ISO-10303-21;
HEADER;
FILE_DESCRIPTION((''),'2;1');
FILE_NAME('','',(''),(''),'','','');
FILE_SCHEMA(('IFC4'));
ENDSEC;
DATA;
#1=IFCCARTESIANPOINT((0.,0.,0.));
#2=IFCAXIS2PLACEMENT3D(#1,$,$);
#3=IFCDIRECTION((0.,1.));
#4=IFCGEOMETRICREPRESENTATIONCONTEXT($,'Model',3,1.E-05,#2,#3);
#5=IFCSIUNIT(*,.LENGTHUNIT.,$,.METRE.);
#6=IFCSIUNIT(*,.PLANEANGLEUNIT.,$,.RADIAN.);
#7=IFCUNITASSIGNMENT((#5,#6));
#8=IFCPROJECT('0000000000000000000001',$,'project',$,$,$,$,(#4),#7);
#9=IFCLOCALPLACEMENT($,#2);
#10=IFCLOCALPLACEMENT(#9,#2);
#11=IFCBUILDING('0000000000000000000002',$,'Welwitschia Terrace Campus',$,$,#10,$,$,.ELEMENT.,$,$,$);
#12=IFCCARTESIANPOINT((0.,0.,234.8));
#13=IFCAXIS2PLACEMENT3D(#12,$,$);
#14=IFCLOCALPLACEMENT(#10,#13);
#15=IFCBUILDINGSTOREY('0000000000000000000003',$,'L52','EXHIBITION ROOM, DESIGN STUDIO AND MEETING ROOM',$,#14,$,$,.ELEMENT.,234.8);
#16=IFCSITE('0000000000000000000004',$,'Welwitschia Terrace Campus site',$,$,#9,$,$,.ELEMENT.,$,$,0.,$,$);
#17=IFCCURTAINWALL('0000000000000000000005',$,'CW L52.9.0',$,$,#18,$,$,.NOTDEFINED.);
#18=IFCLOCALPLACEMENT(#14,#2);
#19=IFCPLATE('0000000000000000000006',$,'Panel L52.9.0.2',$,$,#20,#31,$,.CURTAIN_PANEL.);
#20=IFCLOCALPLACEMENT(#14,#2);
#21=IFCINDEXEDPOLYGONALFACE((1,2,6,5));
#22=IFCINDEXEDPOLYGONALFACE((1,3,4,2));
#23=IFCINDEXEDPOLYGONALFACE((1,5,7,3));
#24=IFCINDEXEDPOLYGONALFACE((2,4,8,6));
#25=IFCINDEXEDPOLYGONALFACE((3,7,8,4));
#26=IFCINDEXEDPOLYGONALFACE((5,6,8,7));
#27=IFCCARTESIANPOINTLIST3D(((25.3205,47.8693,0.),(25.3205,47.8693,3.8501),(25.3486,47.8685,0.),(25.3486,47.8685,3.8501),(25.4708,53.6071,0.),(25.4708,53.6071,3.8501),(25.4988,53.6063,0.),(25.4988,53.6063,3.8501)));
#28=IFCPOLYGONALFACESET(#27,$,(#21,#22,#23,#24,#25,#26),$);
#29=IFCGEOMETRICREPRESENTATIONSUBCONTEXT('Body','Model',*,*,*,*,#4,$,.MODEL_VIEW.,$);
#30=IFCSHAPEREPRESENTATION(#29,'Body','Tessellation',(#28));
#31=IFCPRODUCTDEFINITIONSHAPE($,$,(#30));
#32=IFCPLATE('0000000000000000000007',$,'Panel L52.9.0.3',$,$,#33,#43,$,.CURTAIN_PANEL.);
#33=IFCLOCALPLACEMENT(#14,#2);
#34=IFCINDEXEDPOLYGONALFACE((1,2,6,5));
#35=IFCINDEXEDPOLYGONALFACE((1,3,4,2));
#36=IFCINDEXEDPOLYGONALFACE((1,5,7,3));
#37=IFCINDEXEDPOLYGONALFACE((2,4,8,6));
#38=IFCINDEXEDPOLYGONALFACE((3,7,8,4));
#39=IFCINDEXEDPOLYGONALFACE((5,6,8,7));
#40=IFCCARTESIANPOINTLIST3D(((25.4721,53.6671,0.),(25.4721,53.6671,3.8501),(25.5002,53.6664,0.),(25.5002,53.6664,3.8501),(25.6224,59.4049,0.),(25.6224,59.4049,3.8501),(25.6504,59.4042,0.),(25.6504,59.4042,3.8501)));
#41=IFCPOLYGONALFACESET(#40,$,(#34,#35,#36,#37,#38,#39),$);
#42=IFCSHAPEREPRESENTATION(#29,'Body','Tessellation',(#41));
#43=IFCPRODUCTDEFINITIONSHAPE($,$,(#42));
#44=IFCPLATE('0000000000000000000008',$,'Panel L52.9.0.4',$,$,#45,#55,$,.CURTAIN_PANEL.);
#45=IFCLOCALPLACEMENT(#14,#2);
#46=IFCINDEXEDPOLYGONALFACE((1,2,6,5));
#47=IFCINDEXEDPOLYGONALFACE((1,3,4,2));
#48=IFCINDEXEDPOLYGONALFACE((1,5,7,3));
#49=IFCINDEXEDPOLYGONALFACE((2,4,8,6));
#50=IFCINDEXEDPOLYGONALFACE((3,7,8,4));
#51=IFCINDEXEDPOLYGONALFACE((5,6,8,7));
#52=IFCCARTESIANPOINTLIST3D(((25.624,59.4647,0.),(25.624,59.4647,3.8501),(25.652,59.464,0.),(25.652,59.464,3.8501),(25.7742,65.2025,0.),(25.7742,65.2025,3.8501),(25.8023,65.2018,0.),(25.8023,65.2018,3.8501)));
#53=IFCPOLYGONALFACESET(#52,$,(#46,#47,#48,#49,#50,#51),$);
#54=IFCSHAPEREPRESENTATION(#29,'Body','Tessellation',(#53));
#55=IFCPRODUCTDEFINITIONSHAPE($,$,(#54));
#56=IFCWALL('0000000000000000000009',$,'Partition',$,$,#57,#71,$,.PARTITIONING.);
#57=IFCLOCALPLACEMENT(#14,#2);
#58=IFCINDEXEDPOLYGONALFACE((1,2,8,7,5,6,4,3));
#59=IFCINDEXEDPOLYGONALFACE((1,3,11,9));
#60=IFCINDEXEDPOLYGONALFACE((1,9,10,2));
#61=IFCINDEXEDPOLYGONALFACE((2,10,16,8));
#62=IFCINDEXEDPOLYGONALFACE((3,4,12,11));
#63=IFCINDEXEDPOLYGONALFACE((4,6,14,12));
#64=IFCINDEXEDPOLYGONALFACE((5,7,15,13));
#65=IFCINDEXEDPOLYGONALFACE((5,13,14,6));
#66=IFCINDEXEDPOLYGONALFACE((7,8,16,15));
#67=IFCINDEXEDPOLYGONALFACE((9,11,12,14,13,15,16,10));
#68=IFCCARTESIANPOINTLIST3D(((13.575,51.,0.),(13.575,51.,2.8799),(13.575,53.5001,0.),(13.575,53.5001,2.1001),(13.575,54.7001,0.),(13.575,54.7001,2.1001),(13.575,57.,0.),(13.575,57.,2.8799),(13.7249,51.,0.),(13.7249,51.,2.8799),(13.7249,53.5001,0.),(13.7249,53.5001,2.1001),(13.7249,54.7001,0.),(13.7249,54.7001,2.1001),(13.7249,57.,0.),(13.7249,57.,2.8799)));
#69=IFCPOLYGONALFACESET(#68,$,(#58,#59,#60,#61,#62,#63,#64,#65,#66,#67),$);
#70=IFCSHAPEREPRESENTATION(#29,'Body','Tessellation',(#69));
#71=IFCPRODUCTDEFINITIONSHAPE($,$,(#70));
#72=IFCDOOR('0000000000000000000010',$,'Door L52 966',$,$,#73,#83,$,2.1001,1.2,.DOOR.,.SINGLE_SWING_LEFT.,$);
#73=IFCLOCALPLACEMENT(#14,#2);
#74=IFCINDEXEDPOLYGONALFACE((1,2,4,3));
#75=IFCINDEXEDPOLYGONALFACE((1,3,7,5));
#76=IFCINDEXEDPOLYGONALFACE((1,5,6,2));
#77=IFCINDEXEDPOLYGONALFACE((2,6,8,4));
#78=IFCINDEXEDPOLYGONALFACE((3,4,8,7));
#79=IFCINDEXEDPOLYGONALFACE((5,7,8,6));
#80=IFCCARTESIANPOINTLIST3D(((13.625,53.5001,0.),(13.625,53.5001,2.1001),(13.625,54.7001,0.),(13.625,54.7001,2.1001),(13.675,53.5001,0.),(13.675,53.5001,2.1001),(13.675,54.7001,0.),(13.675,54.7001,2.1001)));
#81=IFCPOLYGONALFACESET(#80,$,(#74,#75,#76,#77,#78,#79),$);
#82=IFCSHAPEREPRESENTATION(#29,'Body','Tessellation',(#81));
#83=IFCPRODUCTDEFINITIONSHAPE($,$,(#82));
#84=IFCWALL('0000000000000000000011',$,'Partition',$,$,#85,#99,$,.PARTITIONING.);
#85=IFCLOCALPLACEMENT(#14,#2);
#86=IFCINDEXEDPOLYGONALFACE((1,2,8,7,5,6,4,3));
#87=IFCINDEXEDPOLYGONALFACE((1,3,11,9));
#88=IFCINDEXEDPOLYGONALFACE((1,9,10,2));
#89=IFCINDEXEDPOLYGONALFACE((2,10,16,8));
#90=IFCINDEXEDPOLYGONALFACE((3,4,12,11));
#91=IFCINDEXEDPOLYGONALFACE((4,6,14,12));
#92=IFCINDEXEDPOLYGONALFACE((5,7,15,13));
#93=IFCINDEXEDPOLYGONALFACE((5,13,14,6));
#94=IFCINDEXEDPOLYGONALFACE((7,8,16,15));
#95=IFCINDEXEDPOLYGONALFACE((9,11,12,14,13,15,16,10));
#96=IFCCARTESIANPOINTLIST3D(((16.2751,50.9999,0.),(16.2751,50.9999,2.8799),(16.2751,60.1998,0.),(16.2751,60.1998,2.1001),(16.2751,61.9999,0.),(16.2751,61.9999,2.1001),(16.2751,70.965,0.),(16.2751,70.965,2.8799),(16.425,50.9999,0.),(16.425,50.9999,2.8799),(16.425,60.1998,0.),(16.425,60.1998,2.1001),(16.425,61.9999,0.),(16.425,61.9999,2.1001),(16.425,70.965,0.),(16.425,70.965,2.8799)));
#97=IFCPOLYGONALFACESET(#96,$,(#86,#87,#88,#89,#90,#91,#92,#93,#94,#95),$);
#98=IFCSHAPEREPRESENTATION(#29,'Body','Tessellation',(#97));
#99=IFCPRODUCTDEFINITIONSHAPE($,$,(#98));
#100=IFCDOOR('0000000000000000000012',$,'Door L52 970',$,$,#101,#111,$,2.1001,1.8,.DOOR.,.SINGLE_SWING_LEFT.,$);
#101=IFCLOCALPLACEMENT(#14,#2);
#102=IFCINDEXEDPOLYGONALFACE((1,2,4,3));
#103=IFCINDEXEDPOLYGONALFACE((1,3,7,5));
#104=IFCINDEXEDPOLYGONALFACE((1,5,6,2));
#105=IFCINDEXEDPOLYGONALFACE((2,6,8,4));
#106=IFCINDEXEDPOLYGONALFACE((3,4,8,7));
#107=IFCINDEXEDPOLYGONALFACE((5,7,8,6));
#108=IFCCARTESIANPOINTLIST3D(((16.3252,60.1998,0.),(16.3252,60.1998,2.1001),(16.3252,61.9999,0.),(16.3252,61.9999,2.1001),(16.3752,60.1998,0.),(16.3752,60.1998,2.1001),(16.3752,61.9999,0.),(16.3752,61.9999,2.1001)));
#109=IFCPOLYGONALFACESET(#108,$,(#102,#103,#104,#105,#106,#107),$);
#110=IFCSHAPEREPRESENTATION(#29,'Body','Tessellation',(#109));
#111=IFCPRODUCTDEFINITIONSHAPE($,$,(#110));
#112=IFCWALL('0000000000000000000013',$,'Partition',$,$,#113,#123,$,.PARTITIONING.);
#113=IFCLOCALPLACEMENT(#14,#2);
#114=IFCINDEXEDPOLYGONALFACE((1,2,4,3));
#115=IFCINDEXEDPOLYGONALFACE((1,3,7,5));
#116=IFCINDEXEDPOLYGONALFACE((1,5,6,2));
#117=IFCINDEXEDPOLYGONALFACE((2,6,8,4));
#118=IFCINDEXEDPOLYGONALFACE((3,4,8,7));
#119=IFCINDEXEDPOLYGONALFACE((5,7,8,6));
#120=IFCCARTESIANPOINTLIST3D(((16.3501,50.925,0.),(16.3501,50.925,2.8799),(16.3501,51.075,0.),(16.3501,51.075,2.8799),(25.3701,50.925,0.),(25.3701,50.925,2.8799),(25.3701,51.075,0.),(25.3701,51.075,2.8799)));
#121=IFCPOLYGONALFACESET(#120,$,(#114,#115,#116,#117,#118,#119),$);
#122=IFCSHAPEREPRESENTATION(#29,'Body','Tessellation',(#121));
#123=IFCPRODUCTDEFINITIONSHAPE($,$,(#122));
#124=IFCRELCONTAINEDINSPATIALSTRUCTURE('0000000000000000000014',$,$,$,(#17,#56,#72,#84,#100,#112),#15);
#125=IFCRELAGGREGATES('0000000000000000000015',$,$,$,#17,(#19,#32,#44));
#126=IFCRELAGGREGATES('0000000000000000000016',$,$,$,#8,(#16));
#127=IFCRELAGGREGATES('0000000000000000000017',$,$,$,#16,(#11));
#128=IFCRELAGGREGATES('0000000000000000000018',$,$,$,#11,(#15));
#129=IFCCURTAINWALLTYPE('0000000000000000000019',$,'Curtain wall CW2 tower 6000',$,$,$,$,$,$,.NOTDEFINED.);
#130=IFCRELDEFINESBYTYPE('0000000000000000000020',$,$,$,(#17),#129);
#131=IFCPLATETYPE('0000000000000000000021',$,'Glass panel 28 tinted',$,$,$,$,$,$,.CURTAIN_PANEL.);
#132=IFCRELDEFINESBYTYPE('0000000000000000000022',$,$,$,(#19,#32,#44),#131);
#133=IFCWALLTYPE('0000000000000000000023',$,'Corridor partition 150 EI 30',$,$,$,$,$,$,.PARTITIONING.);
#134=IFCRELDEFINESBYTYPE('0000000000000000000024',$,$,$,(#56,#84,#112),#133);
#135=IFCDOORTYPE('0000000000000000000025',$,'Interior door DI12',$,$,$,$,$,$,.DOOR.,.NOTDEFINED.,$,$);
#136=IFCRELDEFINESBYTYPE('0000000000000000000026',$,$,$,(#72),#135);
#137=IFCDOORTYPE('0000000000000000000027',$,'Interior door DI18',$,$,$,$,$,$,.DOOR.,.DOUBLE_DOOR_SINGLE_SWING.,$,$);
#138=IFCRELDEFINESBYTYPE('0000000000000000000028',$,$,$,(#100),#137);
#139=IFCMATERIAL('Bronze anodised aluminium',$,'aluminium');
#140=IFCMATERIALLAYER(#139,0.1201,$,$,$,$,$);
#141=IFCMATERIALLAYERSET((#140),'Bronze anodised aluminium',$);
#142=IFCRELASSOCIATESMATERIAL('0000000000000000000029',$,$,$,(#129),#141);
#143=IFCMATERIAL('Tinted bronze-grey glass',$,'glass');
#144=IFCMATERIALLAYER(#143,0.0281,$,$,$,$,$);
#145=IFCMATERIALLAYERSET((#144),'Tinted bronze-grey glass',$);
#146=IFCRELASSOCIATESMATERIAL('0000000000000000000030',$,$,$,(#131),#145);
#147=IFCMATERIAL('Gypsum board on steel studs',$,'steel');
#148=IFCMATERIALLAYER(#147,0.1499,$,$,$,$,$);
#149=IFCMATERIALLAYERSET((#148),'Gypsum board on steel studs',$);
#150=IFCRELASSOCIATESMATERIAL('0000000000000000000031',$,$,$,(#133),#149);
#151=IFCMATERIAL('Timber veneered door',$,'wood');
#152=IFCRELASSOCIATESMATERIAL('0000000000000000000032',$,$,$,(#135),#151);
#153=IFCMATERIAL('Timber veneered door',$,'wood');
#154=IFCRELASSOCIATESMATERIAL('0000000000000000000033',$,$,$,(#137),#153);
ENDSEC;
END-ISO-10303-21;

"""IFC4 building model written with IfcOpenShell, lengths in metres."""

from ifc_helpers import new_model, si_unit, direction, frame, frame_2d, origin, origin_2d, place, context, subcontext, project, spatial, rectangle, extrude, material, layer, layer_set, type_object, element, fill, aggregate, save


model = new_model("IFC4")

# Units and contexts
model_context = context("Model", 3, precision=1e-05, world=origin(), true_north=direction((0.0, 1.0)))
body_context = subcontext(model_context, "Body", "Model", "MODEL_VIEW")
ifc_project = project(units=[si_unit("LENGTHUNIT", "METRE"), si_unit("PLANEANGLEUNIT", "RADIAN")], contexts=[model_context])

# Site, building, storey
site_placement = place(None, origin())
site = spatial("IfcSite", under=ifc_project, at=site_placement, Name="Welwitschia Terrace Campus site", CompositionType="ELEMENT", RefElevation=0.0)
building_placement = place(site_placement, origin())
building = spatial("IfcBuilding", under=site, at=building_placement, Name="Welwitschia Terrace Campus", CompositionType="ELEMENT")
storey_placement = place(building_placement, frame((0.0, 0.0, 234.8)))
storey = spatial("IfcBuildingStorey", under=building, at=storey_placement, Name="L52", Description="EXHIBITION ROOM, DESIGN STUDIO AND MEETING ROOM", CompositionType="ELEMENT", Elevation=234.8)

# Curtain wall
ifc_material_1 = material(Name="Bronze anodised aluminium", Category="aluminium")
ifc_layer_1 = layer(ifc_material_1, 0.1201)
ifc_layer_set_1 = layer_set([ifc_layer_1], Name="Bronze anodised aluminium")
curtain_wall_type = type_object("IfcCurtainWallType", Name="Curtain wall CW2 tower 6000", PredefinedType="NOTDEFINED", material=ifc_layer_set_1)
curtain_wall_placement = place(storey_placement, origin())
curtain_wall = element("IfcCurtainWall", 1, at=curtain_wall_placement, inside=storey, type_object=curtain_wall_type, Name="CW L52.9.0", PredefinedType="NOTDEFINED")

# Plates
ifc_material_2 = material(Name="Tinted bronze-grey glass", Category="glass")
ifc_layer_2 = layer(ifc_material_2, 0.0281)
ifc_layer_set_2 = layer_set([ifc_layer_2], Name="Tinted bronze-grey glass")
plate_type = type_object("IfcPlateType", Name="Glass panel 28 tinted", PredefinedType="CURTAIN_PANEL", material=ifc_layer_set_2)
plate_1_placement = place(storey_placement, frame((25.4097, 50.7378, 0.0), z_axis=(0.0, 0.0, 1.0), x_axis=(0.026177, 0.999657, 0.0)))
plate_1 = element("IfcPlate", 2, at=plate_1_placement, type_object=plate_type, Name="Panel L52.9.0.2", PredefinedType="CURTAIN_PANEL", context=body_context, shape_type="SweptSolid", body=[
    extrude(rectangle(XDim=5.7397, YDim=0.0281, at=origin_2d()), origin(), (0.0, 0.0, 1.0), 3.8501),
])
plate_2_placement = place(storey_placement, frame((25.5613, 56.5356, 0.0), z_axis=(0.0, 0.0, 1.0), x_axis=(0.026177, 0.999657, 0.0)))
plate_2 = element("IfcPlate", 3, at=plate_2_placement, type_object=plate_type, Name="Panel L52.9.0.3", PredefinedType="CURTAIN_PANEL", context=body_context, shape_type="SweptSolid", body=[
    extrude(rectangle(XDim=5.7397, YDim=0.0281, at=origin_2d()), origin(), (0.0, 0.0, 1.0), 3.8501),
])
plate_3_placement = place(storey_placement, frame((25.7131, 62.3333, 0.0), z_axis=(0.0, 0.0, 1.0), x_axis=(0.026177, 0.999657, 0.0)))
plate_3 = element("IfcPlate", 4, at=plate_3_placement, type_object=plate_type, Name="Panel L52.9.0.4", PredefinedType="CURTAIN_PANEL", context=body_context, shape_type="SweptSolid", body=[
    extrude(rectangle(XDim=5.7397, YDim=0.0281, at=origin_2d()), origin(), (0.0, 0.0, 1.0), 3.8501),
])
aggregate(curtain_wall, [plate_1, plate_2, plate_3])

# Walls, openings, doors
ifc_material_3 = material(Name="Gypsum board on steel studs", Category="steel")
ifc_layer_3 = layer(ifc_material_3, 0.1499)
ifc_layer_set_3 = layer_set([ifc_layer_3], Name="Gypsum board on steel studs")
wall_type = type_object("IfcWallType", Name="Corridor partition 150 EI 30", PredefinedType="PARTITIONING", material=ifc_layer_set_3)
wall_1_placement = place(storey_placement, frame((13.6499, 51.0, 0.0), z_axis=(0.0, 0.0, 1.0), x_axis=(0.0, 1.0, 0.0)))
wall_1 = element("IfcWall", 5, at=wall_1_placement, inside=storey, type_object=wall_type, Name="Partition", PredefinedType="PARTITIONING", context=body_context, shape_type="SweptSolid", body=[
    extrude(rectangle(XDim=6.0, YDim=0.1499, at=frame_2d((3.0, 0.0))), origin(), (0.0, 0.0, 1.0), 2.8799),
])
opening_1_placement = place(wall_1_placement, frame((2.5, 0.0, 0.0)))
opening_1 = element("IfcOpeningElement", 6, at=opening_1_placement, cuts=wall_1, PredefinedType="OPENING", context=body_context, shape_type="SweptSolid", body=[
    extrude(rectangle(XDim=1.2, YDim=2.1001, at=frame_2d((0.6001, 1.05))), frame((0.0, 0.085, 0.0), z_axis=(0.0, -1.0, 0.0), x_axis=(1.0, 0.0, 0.0)), (0.0, 0.0, 1.0), 0.1699),
])
ifc_material_4 = material(Name="Timber veneered door", Category="wood")
door_type_1 = type_object("IfcDoorType", Name="Interior door DI12", OperationType="NOTDEFINED", PredefinedType="DOOR", material=ifc_material_4)
door_1_placement = place(opening_1_placement, origin())
door_1 = element("IfcDoor", 7, at=door_1_placement, inside=storey, type_object=door_type_1, Name="Door L52 966", OperationType="SINGLE_SWING_LEFT", OverallHeight=2.1001, OverallWidth=1.2, PredefinedType="DOOR", context=body_context, shape_type="SweptSolid", body=[
    extrude(rectangle(XDim=1.2, YDim=2.1001, at=frame_2d((0.6001, 1.05))), frame((0.0, 0.0249, 0.0), z_axis=(0.0, -1.0, 0.0), x_axis=(1.0, 0.0, 0.0)), (0.0, 0.0, 1.0), 0.05),
])
fill(opening_1, door_1)
wall_2_placement = place(storey_placement, frame((16.3501, 51.0, 0.0), z_axis=(0.0, 0.0, 1.0), x_axis=(0.0, 1.0, 0.0)))
wall_2 = element("IfcWall", 8, at=wall_2_placement, inside=storey, type_object=wall_type, Name="Partition", PredefinedType="PARTITIONING", context=body_context, shape_type="SweptSolid", body=[
    extrude(rectangle(XDim=19.9651, YDim=0.1499, at=frame_2d((9.9824, 0.0))), origin(), (0.0, 0.0, 1.0), 2.8799),
])
opening_2_placement = place(wall_2_placement, frame((9.2, 0.0, 0.0)))
opening_2 = element("IfcOpeningElement", 9, at=opening_2_placement, cuts=wall_2, PredefinedType="OPENING", context=body_context, shape_type="SweptSolid", body=[
    extrude(rectangle(XDim=1.8, YDim=2.1001, at=frame_2d((0.8999, 1.05))), frame((0.0, 0.085, 0.0), z_axis=(0.0, -1.0, 0.0), x_axis=(1.0, 0.0, 0.0)), (0.0, 0.0, 1.0), 0.1699),
])
ifc_material_5 = material(Name="Timber veneered door", Category="wood")
door_type_2 = type_object("IfcDoorType", Name="Interior door DI18", OperationType="DOUBLE_DOOR_SINGLE_SWING", PredefinedType="DOOR", material=ifc_material_5)
door_2_placement = place(opening_2_placement, origin())
door_2 = element("IfcDoor", 10, at=door_2_placement, inside=storey, type_object=door_type_2, Name="Door L52 970", OperationType="SINGLE_SWING_LEFT", OverallHeight=2.1001, OverallWidth=1.8, PredefinedType="DOOR", context=body_context, shape_type="SweptSolid", body=[
    extrude(rectangle(XDim=1.8, YDim=2.1001, at=frame_2d((0.8999, 1.05))), frame((0.0, 0.0249, 0.0), z_axis=(0.0, -1.0, 0.0), x_axis=(1.0, 0.0, 0.0)), (0.0, 0.0, 1.0), 0.05),
])
fill(opening_2, door_2)

# Wall
wall_3_placement = place(storey_placement, frame((16.3501, 51.0, 0.0), z_axis=(0.0, 0.0, 1.0), x_axis=(1.0, 0.0, 0.0)))
element("IfcWall", 11, at=wall_3_placement, inside=storey, type_object=wall_type, Name="Partition", PredefinedType="PARTITIONING", context=body_context, shape_type="SweptSolid", body=[
    extrude(rectangle(XDim=9.02, YDim=0.1499, at=frame_2d((4.51, 0.0))), origin(), (0.0, 0.0, 1.0), 2.8799),
])

save(model, "model.ifc")
